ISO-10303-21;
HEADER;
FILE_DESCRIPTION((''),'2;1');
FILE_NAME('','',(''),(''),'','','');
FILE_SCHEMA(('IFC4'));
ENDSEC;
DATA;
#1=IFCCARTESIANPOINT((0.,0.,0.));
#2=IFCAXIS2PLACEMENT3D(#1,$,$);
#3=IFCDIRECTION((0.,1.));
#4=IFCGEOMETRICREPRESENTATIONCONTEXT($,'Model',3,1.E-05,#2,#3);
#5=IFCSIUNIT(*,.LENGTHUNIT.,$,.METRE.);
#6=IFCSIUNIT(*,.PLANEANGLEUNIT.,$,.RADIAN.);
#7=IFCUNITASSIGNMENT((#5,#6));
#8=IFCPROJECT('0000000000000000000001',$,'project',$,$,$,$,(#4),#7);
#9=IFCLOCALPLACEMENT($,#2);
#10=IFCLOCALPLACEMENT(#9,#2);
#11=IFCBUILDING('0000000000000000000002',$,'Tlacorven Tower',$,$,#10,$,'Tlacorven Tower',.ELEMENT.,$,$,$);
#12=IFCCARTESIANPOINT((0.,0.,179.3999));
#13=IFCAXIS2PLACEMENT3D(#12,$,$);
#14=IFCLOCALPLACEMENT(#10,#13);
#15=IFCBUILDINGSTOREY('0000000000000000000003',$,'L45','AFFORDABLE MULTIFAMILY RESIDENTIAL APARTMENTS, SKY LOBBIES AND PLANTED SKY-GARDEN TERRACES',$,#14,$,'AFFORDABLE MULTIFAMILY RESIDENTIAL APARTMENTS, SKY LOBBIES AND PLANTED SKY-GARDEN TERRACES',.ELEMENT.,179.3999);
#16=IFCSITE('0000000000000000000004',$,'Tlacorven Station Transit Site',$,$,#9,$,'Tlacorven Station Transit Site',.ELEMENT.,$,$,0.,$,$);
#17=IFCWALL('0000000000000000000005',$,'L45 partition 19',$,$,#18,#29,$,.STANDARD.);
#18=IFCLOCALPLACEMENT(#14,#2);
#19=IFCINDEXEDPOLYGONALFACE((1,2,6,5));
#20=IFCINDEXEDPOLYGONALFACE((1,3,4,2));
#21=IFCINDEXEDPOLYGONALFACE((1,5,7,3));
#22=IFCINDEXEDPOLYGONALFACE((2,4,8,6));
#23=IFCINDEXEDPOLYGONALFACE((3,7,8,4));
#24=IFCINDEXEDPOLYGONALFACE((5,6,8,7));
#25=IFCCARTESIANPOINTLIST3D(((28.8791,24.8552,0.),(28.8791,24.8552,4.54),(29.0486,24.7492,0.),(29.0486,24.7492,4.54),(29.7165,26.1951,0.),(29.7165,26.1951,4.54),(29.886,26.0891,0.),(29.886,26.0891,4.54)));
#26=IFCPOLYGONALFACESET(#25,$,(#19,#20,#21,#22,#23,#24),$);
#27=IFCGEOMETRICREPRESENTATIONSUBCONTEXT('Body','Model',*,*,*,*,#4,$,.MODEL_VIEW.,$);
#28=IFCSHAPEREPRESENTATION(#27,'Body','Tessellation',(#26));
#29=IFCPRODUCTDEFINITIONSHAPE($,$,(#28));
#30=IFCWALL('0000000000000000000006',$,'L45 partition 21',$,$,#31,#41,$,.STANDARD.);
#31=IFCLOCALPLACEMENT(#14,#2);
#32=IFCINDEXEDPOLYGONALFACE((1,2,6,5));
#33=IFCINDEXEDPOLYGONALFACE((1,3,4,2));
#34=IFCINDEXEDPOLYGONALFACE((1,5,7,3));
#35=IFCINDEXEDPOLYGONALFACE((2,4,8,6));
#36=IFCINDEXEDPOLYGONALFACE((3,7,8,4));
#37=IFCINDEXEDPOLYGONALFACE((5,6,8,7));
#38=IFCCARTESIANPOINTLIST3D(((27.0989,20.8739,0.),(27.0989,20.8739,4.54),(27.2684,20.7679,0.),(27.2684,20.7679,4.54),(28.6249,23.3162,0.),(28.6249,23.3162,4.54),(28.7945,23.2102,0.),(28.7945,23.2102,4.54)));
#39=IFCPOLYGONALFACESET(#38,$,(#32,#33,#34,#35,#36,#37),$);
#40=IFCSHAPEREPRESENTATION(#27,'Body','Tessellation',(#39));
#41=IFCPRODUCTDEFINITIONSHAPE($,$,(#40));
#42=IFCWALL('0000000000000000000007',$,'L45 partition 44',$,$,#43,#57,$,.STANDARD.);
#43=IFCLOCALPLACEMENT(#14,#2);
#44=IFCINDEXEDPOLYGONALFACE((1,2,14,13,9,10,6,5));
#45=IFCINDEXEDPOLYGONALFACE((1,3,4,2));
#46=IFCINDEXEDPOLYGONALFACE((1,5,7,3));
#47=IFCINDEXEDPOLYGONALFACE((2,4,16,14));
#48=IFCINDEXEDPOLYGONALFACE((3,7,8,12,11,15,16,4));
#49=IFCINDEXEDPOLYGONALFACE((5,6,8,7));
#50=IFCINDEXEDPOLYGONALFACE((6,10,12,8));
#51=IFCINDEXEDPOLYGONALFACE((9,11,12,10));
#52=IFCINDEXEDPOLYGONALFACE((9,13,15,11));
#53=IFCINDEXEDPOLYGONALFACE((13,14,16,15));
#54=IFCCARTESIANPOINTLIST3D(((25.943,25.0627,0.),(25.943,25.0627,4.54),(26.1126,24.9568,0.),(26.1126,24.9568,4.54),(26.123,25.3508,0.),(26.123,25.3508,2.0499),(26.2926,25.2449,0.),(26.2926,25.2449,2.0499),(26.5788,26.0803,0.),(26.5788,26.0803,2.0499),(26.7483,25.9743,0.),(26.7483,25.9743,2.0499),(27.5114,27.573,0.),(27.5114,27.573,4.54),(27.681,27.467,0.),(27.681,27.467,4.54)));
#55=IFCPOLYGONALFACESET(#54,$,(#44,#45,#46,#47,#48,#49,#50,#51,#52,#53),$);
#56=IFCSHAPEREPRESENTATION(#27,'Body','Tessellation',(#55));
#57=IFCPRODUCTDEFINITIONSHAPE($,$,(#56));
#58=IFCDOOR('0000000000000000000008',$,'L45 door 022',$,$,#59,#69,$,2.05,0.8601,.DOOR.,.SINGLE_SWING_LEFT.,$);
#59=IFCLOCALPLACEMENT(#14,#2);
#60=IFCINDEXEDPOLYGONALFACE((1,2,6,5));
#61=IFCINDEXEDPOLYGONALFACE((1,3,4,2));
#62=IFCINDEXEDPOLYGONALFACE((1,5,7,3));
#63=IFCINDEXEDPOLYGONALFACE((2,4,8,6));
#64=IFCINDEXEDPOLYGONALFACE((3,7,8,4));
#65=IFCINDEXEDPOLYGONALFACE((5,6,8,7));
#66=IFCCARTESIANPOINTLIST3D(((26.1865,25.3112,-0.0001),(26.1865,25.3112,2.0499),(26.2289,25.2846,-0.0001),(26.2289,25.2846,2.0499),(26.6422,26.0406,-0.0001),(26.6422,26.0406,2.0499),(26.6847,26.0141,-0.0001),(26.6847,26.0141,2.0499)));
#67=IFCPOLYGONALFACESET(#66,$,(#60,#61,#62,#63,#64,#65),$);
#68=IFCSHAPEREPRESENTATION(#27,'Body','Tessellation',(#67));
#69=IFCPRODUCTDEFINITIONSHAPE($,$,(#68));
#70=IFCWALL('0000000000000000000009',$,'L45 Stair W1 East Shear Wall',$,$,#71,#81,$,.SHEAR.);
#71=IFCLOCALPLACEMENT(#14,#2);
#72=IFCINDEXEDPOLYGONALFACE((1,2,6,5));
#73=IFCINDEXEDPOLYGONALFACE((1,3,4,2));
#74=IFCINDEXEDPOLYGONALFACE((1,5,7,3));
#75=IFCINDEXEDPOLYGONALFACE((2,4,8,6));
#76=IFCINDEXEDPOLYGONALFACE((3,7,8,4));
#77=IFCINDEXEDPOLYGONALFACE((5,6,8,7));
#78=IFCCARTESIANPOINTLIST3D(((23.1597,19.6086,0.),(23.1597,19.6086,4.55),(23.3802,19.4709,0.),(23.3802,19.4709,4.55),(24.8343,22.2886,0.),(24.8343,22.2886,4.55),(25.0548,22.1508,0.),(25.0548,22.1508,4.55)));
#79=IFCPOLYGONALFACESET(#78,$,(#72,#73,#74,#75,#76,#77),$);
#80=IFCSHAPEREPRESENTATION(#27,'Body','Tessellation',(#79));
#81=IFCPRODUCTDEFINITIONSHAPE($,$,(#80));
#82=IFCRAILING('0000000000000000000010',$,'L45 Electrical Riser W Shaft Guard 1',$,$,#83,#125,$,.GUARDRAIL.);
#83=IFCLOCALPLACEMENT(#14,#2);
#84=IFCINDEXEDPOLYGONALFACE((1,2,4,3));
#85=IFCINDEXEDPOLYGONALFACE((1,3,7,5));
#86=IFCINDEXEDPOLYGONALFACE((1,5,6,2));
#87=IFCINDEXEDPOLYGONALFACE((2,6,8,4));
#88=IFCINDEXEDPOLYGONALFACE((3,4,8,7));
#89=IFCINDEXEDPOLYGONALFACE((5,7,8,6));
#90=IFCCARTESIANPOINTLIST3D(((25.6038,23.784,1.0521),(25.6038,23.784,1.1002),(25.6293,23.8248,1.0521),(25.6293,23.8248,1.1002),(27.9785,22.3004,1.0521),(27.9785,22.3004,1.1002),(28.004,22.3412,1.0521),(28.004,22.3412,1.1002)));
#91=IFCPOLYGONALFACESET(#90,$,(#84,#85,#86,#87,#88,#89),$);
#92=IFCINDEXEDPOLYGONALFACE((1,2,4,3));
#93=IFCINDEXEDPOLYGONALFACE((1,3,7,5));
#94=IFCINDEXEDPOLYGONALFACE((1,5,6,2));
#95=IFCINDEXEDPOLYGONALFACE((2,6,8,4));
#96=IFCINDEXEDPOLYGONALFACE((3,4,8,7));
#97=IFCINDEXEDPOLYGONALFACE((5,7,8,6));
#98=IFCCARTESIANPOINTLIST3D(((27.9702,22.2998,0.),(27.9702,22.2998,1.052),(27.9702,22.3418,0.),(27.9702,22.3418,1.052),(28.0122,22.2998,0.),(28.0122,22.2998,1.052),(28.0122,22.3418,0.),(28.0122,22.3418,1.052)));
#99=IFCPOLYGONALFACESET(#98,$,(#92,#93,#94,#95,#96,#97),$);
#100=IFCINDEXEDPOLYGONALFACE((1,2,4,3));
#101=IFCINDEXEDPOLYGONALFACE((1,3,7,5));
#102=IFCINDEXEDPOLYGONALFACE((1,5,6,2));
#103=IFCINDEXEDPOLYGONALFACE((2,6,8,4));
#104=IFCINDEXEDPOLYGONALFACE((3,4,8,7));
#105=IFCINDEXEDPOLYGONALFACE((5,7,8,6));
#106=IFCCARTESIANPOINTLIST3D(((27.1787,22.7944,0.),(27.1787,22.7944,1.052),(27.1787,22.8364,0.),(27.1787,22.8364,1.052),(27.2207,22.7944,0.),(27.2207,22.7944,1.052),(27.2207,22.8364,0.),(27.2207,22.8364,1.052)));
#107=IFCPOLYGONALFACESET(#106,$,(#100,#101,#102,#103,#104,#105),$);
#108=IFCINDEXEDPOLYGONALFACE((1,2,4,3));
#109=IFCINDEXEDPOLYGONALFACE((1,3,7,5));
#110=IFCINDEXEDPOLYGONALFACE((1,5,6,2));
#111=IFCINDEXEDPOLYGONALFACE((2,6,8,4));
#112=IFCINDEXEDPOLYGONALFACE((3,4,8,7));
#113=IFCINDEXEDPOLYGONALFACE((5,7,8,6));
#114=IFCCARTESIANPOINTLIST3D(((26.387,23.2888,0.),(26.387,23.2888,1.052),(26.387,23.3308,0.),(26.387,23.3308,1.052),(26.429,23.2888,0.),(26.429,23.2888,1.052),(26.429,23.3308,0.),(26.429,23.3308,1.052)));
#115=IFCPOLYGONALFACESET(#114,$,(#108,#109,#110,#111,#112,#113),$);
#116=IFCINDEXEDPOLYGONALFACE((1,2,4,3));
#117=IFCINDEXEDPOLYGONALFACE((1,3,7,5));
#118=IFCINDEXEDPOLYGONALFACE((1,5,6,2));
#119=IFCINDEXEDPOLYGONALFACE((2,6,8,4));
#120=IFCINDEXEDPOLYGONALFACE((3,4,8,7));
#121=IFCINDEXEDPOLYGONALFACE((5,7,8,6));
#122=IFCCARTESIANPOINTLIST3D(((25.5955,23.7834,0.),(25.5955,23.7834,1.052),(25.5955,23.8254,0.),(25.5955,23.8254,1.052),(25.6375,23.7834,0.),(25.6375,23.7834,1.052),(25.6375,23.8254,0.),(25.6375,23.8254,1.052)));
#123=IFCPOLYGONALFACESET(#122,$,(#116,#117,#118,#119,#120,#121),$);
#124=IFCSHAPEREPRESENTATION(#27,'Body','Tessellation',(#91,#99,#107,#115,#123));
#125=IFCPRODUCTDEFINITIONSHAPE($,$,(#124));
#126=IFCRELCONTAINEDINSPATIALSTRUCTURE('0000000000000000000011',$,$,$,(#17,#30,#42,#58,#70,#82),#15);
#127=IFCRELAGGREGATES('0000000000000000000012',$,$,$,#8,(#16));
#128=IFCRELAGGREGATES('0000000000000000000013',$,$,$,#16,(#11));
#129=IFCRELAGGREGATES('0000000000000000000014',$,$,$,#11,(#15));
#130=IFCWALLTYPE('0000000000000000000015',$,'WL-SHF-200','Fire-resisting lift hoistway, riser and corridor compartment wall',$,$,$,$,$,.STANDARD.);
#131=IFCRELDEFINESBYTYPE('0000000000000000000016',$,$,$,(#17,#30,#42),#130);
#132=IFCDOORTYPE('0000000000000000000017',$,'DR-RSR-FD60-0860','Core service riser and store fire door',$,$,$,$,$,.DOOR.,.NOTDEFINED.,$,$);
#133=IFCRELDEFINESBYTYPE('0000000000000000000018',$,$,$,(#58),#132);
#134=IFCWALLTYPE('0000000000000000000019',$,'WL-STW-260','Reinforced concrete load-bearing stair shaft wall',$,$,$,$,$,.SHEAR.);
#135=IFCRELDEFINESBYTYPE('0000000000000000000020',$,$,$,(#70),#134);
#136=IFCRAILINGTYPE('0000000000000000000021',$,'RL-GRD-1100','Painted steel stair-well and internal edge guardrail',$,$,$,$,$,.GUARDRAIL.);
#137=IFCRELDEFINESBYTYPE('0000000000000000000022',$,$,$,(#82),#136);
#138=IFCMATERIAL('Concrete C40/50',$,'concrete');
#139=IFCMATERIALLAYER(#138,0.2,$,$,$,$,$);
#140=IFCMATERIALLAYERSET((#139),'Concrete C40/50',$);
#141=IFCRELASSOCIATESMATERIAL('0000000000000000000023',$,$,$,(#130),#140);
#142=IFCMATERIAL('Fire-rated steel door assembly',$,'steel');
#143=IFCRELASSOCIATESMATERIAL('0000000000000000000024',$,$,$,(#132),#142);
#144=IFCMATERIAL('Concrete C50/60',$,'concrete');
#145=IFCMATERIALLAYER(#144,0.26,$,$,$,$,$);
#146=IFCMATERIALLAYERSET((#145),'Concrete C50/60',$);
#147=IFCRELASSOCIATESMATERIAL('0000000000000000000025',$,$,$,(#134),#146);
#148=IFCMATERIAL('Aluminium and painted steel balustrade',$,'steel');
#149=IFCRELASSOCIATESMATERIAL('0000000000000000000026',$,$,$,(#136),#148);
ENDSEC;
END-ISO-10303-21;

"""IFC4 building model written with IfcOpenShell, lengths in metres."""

from ifc_helpers import new_model, si_unit, direction, frame, frame_2d, origin, origin_2d, place, context, subcontext, project, spatial, rectangle, extrude, source, transform, mapped, material, layer, layer_set, type_object, element, fill, save


model = new_model("IFC4")

# Units and contexts
model_context = context("Model", 3, precision=1e-05, world=origin(), true_north=direction((0.0, 1.0)))
body_context = subcontext(model_context, "Body", "Model", "MODEL_VIEW")
ifc_project = project(units=[si_unit("LENGTHUNIT", "METRE"), si_unit("PLANEANGLEUNIT", "RADIAN")], contexts=[model_context])

# Site, building, storey
site_placement = place(None, origin())
site = spatial("IfcSite", under=ifc_project, at=site_placement, Name="Tlacorven Station Transit Site", LongName="Tlacorven Station Transit Site", CompositionType="ELEMENT", RefElevation=0.0)
building_placement = place(site_placement, origin())
building = spatial("IfcBuilding", under=site, at=building_placement, Name="Tlacorven Tower", LongName="Tlacorven Tower", CompositionType="ELEMENT")
storey_placement = place(building_placement, frame((0.0, 0.0, 179.3999)))
storey = spatial("IfcBuildingStorey", under=building, at=storey_placement, Name="L45", Description="AFFORDABLE MULTIFAMILY RESIDENTIAL APARTMENTS, SKY LOBBIES AND PLANTED SKY-GARDEN TERRACES", LongName="AFFORDABLE MULTIFAMILY RESIDENTIAL APARTMENTS, SKY LOBBIES AND PLANTED SKY-GARDEN TERRACES", CompositionType="ELEMENT", Elevation=179.3999)

# Shared definitions
ifc_material_1 = material(Name="Fire-rated steel door assembly", Category="steel")

# Shared definitions
ifc_material_2 = material(Name="Concrete C40/50", Category="concrete")
ifc_layer_1 = layer(ifc_material_2, 0.2)
ifc_layer_set_1 = layer_set([ifc_layer_1], Name="Concrete C40/50")
wall_type_1 = type_object("IfcWallType", Name="WL-SHF-200", Description="Fire-resisting lift hoistway, riser and corridor compartment wall", PredefinedType="STANDARD", material=ifc_layer_set_1)

# Walls
for number, where, z_axis, x_axis, name in (
    (1, (29.8013, 26.1421, 0.0), (0.0, 0.0, 1.0), (-0.529999, -0.847998, 0.0), "L45 partition 19"),
):
    element("IfcWall", number, at=place(storey_placement, frame(where, z_axis=z_axis, x_axis=x_axis)), inside=storey, type_object=wall_type_1, Name=name, PredefinedType="STANDARD", context=body_context, shape_type="SweptSolid", body=[
        extrude(rectangle(XDim=1.5801, YDim=0.2, at=frame_2d((0.79, 0.0))), origin(), (0.0, 0.0, 1.0), 4.54),
    ])
wall_1_placement = place(storey_placement, frame((28.7097, 23.2632, 0.0), z_axis=(0.0, 0.0, 1.0), x_axis=(-0.529907, -0.848055, 0.0)))
element("IfcWall", 2, at=wall_1_placement, inside=storey, type_object=wall_type_1, Name="L45 partition 21", PredefinedType="STANDARD", context=body_context, shape_type="SweptSolid", body=[
    extrude(rectangle(XDim=2.8799, YDim=0.2, at=frame_2d((1.4399, 0.0))), origin(), (0.0, 0.0, 1.0), 4.54),
])

# Wall, opening, door
wall_2_placement = place(storey_placement, frame((27.5962, 27.52, 0.0), z_axis=(0.0, 0.0, 1.0), x_axis=(-0.529865, -0.848082, 0.0)))
wall_2 = element("IfcWall", 3, at=wall_2_placement, inside=storey, type_object=wall_type_1, Name="L45 partition 44", PredefinedType="STANDARD", context=body_context, shape_type="SweptSolid", body=[
    extrude(rectangle(XDim=2.96, YDim=0.2, at=frame_2d((1.48, 0.0))), origin(), (0.0, 0.0, 1.0), 4.54),
])
opening_1_placement = place(wall_2_placement, frame((1.76, 0.0, 0.0)))
opening_1 = element("IfcOpeningElement", 4, at=opening_1_placement, cuts=wall_2, PredefinedType="OPENING", context=body_context, shape_type="SweptSolid", body=[
    extrude(rectangle(XDim=0.8601, YDim=2.05, at=frame_2d((0.4302, 1.0249))), frame((0.0, 0.1099, 0.0), z_axis=(0.0, -1.0, 0.0), x_axis=(1.0, 0.0, 0.0)), (0.0, 0.0, 1.0), 0.22),
])
door_type_1 = type_object("IfcDoorType", Name="DR-RSR-FD60-0860", Description="Core service riser and store fire door", OperationType="NOTDEFINED", PredefinedType="DOOR", material=ifc_material_1)
shared_shape_1 = source(origin(), body_context, "Body", "SweptSolid", [
    extrude(rectangle(XDim=0.8601, YDim=2.05, at=frame_2d((0.4302, 1.0249))), frame((0.0, 0.0249, 0.0), z_axis=(0.0, -1.0, 0.0), x_axis=(1.0, 0.0, 0.0)), (0.0, 0.0, 1.0), 0.05),
])
door_1_placement = place(opening_1_placement, origin())
door_1 = element("IfcDoor", 5, at=door_1_placement, inside=storey, type_object=door_type_1, Name="L45 door 022", OperationType="SINGLE_SWING_LEFT", OverallHeight=2.05, OverallWidth=0.8601, PredefinedType="DOOR", context=body_context, shape_type="MappedRepresentation", body=[
    mapped(shared_shape_1, transform((0.0, 0.0, 0.0), scale=1.0)),
])
fill(opening_1, door_1)

# Wall
ifc_material_3 = material(Name="Concrete C50/60", Category="concrete")
ifc_layer_2 = layer(ifc_material_3, 0.26)
ifc_layer_set_2 = layer_set([ifc_layer_2], Name="Concrete C50/60")
wall_type_2 = type_object("IfcWallType", Name="WL-STW-260", Description="Reinforced concrete load-bearing stair shaft wall", PredefinedType="SHEAR", material=ifc_layer_set_2)
wall_3_placement = place(storey_placement, frame((24.9446, 22.2197, 0.0), z_axis=(0.0, 0.0, 1.0), x_axis=(-0.529909, -0.848055, 0.0)))
element("IfcWall", 6, at=wall_3_placement, inside=storey, type_object=wall_type_2, Name="L45 Stair W1 East Shear Wall", PredefinedType="SHEAR", context=body_context, shape_type="SweptSolid", body=[
    extrude(rectangle(XDim=3.1602, YDim=0.26, at=frame_2d((1.5801, 0.0))), origin(), (0.0, 0.0, 1.0), 4.55),
])

# Railing
ifc_material_4 = material(Name="Aluminium and painted steel balustrade", Category="steel")
railing_type = type_object("IfcRailingType", Name="RL-GRD-1100", Description="Painted steel stair-well and internal edge guardrail", PredefinedType="GUARDRAIL", material=ifc_material_4)
shared_shape_2 = source(origin(), body_context, "Body", "SweptSolid", [
    extrude(rectangle(XDim=0.0481, YDim=0.0481, at=origin_2d()), frame((0.0, 0.0, 1.0762), z_axis=(-0.848091, 0.52985, 0.0), x_axis=(-0.52985, -0.848091, 0.0)), (0.0, 0.0, 1.0), 2.8),
    extrude(rectangle(XDim=0.042, YDim=0.042, at=origin_2d()), origin(), (0.0, 0.0, 1.0), 1.052),
    extrude(rectangle(XDim=0.042, YDim=0.042, at=origin_2d()), frame((-0.7915, 0.4946, 0.0)), (0.0, 0.0, 1.0), 1.052),
    extrude(rectangle(XDim=0.042, YDim=0.042, at=origin_2d()), frame((-1.5833, 0.989, 0.0)), (0.0, 0.0, 1.0), 1.052),
    extrude(rectangle(XDim=0.042, YDim=0.042, at=origin_2d()), frame((-2.3748, 1.4836, 0.0)), (0.0, 0.0, 1.0), 1.052),
])
railing_placement = place(storey_placement, frame((27.9912, 22.3208, 0.0)))
element("IfcRailing", 7, at=railing_placement, inside=storey, type_object=railing_type, Name="L45 Electrical Riser W Shaft Guard 1", PredefinedType="GUARDRAIL", context=body_context, shape_type="MappedRepresentation", body=[
    mapped(shared_shape_2, transform((0.0, 0.0, 0.0), scale=1.0)),
])

save(model, "model.ifc")
